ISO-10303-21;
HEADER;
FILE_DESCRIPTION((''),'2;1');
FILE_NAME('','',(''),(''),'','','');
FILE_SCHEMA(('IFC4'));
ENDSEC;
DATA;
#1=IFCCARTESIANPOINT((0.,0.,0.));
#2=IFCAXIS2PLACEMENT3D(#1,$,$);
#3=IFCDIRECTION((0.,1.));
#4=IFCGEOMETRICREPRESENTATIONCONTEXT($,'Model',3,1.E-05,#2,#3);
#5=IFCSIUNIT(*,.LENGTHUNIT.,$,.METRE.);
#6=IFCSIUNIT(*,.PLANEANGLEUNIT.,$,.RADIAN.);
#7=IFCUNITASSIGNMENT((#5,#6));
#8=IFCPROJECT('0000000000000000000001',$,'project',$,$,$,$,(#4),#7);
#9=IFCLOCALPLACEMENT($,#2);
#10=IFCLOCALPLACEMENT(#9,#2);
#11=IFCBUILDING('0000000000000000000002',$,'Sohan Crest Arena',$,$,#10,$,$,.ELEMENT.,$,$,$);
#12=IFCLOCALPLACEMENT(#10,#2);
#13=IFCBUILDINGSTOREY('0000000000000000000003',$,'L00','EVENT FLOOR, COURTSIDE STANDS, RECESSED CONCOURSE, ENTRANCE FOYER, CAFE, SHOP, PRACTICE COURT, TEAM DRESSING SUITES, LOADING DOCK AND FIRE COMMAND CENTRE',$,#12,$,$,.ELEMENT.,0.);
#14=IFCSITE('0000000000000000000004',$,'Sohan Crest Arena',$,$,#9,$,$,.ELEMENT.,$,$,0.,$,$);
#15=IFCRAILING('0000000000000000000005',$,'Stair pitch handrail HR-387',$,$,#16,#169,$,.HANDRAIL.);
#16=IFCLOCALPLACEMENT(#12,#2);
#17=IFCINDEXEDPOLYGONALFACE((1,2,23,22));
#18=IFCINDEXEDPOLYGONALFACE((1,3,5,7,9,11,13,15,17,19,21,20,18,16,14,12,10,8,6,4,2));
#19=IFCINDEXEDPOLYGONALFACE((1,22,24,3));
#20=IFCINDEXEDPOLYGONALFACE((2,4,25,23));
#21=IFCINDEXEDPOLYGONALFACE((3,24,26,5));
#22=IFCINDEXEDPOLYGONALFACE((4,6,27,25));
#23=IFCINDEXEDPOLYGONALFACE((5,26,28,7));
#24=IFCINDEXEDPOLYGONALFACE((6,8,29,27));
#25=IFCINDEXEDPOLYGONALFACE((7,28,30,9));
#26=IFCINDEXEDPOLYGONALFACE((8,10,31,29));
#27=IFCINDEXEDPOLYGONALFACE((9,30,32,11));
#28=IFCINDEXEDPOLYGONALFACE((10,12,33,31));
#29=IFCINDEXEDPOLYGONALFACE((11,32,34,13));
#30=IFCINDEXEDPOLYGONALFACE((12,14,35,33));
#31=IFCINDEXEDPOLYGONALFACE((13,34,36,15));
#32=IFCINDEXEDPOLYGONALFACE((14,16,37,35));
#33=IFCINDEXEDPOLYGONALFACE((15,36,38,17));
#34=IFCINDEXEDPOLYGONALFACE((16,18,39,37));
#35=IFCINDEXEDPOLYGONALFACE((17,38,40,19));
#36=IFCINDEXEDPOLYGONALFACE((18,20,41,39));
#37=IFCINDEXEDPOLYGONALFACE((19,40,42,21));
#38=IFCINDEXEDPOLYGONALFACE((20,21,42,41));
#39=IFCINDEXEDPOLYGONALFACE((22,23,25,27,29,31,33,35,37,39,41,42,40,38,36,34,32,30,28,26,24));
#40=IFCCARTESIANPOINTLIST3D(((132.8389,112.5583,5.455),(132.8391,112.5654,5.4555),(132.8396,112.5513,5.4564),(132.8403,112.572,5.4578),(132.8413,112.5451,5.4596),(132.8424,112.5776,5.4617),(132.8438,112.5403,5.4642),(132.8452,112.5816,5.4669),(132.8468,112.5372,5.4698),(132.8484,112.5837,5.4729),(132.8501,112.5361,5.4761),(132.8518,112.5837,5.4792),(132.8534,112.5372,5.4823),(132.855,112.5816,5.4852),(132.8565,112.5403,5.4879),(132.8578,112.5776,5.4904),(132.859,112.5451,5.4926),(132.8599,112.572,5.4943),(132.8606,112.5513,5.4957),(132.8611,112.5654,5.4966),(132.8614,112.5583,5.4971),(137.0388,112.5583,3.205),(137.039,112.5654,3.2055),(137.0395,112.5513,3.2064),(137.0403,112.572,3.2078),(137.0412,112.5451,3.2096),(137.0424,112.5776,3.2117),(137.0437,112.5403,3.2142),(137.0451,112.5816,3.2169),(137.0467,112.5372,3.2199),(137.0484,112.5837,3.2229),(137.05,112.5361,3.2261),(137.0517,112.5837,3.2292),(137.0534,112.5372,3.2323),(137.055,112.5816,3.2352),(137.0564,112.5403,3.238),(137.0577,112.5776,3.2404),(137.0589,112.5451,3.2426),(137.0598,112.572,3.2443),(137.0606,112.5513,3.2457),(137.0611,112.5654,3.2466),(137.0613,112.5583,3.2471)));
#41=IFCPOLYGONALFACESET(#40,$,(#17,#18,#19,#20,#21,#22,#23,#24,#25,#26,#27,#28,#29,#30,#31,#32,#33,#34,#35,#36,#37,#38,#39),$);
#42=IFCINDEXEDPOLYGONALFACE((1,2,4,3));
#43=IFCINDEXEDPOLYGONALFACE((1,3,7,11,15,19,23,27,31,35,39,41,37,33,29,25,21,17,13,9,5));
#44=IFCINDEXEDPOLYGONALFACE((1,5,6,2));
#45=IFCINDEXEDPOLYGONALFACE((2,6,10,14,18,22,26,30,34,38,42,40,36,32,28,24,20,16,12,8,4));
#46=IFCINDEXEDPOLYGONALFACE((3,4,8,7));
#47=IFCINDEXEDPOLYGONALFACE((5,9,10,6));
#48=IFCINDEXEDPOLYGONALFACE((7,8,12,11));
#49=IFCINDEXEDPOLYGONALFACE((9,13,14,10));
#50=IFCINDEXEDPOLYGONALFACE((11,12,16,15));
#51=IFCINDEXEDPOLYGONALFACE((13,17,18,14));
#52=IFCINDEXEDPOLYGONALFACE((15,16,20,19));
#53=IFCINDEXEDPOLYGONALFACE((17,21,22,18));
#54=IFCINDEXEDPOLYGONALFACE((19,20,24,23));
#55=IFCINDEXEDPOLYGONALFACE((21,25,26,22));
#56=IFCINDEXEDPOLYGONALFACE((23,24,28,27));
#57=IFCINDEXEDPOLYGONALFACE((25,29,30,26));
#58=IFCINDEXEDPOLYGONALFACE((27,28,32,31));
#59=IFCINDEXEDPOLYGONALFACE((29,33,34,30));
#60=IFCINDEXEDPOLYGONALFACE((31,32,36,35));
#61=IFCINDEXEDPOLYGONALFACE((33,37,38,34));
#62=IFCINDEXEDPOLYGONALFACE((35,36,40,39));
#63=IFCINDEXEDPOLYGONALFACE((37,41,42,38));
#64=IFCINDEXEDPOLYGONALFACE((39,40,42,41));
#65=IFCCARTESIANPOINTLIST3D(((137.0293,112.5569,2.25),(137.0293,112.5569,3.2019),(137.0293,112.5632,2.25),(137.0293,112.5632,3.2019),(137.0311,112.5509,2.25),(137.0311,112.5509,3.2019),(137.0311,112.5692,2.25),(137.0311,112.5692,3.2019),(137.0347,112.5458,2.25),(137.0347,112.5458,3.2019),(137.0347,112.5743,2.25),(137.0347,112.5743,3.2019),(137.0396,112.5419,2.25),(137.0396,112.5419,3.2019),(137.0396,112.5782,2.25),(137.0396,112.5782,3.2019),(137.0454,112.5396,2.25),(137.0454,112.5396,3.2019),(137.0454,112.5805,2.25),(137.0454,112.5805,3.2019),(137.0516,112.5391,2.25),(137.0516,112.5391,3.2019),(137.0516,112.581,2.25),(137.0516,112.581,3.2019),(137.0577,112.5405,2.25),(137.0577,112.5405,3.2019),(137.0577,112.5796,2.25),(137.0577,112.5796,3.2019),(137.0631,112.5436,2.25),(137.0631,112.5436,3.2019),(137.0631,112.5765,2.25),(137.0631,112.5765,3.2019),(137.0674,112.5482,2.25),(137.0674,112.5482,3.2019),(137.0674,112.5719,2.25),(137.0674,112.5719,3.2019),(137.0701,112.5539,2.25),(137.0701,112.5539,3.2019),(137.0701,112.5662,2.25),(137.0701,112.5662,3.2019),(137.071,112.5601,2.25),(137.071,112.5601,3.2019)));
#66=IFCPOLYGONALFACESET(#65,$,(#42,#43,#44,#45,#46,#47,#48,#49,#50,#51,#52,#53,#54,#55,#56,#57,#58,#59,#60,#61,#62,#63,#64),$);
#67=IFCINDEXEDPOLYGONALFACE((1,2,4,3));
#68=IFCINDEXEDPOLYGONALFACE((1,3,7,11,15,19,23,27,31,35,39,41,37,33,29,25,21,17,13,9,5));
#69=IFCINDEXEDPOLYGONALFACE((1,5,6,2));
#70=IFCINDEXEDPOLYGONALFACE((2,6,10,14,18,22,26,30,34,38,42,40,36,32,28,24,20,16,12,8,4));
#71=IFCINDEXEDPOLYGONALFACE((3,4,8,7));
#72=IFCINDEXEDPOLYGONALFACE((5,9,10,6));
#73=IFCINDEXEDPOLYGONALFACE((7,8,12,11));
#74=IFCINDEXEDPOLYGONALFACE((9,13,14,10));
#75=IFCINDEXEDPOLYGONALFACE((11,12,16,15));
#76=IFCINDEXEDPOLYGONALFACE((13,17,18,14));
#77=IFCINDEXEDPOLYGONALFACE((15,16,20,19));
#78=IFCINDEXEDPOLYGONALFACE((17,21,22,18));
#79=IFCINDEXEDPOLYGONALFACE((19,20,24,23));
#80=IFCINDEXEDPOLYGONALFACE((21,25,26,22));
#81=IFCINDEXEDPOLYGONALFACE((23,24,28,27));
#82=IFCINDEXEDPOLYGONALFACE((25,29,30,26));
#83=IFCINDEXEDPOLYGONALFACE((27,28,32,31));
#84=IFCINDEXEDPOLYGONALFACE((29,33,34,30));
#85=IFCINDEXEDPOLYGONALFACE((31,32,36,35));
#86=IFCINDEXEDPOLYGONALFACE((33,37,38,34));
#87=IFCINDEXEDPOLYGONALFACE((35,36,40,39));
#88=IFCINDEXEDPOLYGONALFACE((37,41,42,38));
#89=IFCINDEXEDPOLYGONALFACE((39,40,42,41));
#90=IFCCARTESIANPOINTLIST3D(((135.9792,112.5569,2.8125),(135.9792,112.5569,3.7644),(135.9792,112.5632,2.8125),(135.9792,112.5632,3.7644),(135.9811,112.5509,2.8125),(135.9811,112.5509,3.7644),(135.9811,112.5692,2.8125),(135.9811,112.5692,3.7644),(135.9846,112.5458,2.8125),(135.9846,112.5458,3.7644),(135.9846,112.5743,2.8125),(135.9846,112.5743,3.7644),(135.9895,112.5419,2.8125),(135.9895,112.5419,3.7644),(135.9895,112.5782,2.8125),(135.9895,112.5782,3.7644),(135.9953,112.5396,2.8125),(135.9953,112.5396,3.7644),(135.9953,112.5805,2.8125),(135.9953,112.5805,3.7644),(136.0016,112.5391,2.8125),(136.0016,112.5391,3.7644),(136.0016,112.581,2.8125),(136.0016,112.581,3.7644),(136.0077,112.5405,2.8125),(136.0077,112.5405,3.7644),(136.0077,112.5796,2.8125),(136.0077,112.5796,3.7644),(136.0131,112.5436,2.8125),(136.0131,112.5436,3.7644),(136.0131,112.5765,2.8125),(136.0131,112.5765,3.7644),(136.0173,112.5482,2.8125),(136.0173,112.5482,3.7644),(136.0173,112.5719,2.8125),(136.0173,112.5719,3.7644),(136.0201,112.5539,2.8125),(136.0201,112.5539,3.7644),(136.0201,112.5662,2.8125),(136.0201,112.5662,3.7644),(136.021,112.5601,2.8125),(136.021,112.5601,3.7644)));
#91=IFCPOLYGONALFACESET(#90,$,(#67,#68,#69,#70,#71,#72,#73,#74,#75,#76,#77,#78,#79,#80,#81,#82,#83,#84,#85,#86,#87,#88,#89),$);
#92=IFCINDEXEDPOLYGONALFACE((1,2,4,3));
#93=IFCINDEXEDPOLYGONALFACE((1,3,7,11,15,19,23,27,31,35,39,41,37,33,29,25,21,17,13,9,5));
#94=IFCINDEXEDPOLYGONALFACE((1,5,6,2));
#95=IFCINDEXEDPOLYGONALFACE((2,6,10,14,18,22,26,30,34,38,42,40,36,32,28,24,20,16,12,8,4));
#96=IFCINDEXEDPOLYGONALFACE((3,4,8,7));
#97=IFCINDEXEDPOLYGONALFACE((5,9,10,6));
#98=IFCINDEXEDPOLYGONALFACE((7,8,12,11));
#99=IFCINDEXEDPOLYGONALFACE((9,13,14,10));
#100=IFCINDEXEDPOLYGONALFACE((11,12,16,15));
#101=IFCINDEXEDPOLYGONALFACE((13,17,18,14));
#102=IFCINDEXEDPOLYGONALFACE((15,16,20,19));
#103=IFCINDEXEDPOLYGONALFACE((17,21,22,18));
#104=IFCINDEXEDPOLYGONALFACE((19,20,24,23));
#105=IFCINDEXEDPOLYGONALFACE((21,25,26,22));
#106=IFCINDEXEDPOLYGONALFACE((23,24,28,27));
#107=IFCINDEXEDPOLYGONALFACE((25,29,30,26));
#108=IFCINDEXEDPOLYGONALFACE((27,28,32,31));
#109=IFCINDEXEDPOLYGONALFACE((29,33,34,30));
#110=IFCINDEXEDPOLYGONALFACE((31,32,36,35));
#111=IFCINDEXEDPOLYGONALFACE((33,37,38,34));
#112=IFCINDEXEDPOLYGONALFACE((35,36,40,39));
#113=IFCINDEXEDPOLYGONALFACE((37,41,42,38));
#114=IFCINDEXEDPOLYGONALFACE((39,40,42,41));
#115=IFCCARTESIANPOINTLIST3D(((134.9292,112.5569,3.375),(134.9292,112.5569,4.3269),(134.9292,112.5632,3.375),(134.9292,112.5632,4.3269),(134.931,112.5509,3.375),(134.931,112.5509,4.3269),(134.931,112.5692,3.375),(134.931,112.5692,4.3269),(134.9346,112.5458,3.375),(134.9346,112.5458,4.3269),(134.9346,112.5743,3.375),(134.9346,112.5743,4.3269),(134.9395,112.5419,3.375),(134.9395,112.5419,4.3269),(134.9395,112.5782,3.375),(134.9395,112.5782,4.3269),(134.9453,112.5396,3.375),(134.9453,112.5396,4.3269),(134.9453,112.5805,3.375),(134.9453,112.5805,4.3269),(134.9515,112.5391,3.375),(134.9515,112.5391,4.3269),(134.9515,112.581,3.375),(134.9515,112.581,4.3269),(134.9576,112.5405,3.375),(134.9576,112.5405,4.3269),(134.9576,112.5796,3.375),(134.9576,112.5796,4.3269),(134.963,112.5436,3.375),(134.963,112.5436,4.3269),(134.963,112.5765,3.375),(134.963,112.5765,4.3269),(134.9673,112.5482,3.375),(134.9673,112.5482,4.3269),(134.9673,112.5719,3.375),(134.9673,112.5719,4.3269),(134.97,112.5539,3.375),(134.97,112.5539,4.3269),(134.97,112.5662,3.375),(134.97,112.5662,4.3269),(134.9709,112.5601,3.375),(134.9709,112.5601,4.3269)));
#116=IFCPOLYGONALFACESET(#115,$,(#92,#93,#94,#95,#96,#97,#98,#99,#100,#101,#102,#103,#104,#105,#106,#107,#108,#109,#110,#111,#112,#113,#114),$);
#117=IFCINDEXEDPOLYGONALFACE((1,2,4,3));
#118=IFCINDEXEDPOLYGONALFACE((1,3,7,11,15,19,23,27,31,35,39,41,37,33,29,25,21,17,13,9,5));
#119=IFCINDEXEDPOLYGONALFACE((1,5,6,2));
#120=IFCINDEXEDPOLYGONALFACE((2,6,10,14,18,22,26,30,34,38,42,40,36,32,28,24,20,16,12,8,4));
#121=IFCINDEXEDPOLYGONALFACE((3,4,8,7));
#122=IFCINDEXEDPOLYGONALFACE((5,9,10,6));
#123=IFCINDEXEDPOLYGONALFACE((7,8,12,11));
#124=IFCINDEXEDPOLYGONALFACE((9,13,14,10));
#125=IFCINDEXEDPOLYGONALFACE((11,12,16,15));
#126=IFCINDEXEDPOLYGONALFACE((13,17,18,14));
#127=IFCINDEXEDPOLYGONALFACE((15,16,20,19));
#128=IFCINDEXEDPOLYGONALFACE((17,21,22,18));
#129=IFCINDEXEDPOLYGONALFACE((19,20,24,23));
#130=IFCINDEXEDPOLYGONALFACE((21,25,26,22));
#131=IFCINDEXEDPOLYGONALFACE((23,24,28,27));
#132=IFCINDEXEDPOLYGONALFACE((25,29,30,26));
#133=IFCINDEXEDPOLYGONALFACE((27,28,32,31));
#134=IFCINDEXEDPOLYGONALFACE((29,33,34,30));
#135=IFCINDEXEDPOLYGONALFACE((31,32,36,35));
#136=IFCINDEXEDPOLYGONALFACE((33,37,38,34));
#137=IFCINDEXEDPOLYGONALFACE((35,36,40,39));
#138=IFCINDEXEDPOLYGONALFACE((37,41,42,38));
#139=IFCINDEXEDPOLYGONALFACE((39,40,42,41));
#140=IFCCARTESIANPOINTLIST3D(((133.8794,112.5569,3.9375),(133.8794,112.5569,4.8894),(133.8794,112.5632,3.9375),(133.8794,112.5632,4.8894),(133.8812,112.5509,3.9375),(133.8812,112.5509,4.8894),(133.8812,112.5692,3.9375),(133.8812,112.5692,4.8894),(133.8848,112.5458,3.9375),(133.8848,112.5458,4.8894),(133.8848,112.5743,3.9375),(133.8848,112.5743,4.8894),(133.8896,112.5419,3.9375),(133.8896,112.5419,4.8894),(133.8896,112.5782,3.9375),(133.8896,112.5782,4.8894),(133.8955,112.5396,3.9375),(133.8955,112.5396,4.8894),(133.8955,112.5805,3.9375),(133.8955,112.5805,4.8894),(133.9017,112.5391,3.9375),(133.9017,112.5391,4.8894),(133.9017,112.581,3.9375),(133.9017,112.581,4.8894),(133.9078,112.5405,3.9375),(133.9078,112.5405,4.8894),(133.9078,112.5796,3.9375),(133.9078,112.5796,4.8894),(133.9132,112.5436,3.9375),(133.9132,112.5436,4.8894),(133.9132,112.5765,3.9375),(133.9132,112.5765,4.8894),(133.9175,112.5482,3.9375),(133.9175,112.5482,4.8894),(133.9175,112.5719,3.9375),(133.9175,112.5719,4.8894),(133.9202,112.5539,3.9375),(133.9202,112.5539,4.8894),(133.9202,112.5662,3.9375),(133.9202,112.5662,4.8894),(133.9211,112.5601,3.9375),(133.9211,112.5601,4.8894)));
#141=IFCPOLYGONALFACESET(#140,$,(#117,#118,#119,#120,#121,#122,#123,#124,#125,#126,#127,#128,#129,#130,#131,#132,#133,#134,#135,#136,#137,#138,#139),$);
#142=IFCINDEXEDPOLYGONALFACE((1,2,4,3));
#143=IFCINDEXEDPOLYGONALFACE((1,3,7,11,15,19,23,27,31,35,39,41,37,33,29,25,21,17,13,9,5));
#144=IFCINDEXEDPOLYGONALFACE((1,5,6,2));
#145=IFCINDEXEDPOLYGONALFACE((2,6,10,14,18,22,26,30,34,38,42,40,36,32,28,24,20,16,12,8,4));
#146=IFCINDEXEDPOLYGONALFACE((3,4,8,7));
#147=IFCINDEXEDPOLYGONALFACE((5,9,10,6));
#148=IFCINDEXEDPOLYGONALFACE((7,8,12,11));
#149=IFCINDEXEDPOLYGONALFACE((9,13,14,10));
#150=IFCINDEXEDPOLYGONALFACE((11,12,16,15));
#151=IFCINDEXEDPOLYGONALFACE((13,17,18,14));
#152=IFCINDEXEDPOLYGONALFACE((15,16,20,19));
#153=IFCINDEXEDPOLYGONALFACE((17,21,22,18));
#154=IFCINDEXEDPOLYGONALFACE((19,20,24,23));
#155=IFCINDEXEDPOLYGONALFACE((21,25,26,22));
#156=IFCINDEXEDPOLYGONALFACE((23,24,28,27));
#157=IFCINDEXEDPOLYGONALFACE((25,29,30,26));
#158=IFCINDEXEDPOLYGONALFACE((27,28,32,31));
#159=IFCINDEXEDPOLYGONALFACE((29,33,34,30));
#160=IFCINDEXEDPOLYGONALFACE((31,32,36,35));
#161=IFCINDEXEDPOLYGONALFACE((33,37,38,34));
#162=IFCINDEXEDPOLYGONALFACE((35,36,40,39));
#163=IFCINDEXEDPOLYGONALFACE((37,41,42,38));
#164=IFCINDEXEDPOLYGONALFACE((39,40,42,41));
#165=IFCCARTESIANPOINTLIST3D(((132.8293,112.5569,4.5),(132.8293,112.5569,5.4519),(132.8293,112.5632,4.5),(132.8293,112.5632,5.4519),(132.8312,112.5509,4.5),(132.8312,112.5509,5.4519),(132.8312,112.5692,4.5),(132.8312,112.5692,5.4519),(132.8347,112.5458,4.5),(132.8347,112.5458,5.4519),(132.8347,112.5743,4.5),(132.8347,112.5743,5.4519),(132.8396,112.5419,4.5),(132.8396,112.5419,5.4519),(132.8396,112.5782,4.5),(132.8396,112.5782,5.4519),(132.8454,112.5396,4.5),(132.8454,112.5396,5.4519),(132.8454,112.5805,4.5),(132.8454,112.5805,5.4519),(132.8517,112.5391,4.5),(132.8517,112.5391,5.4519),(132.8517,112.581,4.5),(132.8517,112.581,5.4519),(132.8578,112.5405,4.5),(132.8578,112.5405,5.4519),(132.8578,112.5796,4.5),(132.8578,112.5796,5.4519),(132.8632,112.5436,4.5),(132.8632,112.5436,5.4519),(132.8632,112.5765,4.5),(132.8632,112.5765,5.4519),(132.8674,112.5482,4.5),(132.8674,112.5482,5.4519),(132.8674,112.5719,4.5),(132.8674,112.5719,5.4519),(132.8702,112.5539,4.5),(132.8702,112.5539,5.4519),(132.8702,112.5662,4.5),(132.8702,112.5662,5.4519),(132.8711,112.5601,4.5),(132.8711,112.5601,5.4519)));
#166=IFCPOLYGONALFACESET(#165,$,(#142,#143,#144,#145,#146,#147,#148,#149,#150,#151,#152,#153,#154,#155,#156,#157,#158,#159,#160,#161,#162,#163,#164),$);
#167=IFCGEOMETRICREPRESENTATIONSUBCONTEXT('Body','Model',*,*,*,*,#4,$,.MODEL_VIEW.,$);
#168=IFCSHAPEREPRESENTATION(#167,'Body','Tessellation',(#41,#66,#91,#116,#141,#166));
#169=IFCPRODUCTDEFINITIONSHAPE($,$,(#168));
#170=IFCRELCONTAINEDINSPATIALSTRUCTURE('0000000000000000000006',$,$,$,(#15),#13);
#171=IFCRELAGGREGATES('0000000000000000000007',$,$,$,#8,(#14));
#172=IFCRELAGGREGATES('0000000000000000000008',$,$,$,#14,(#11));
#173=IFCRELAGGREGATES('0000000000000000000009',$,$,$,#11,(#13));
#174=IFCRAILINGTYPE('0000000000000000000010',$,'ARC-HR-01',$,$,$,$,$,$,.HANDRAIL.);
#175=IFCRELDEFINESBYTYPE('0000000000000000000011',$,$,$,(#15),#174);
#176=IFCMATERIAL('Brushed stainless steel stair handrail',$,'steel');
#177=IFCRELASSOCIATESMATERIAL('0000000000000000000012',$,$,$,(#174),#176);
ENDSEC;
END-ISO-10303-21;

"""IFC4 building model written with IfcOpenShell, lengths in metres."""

from ifc_helpers import new_model, si_unit, direction, frame, origin, origin_2d, place, context, subcontext, project, spatial, circle, extrude, material, type_object, element, save


model = new_model("IFC4")

# Units and contexts
model_context = context("Model", 3, precision=1e-05, world=origin(), true_north=direction((0.0, 1.0)))
body_context = subcontext(model_context, "Body", "Model", "MODEL_VIEW")
ifc_project = project(units=[si_unit("LENGTHUNIT", "METRE"), si_unit("PLANEANGLEUNIT", "RADIAN")], contexts=[model_context])

# Site, building, storey
site_placement = place(None, origin())
site = spatial("IfcSite", under=ifc_project, at=site_placement, Name="Sohan Crest Arena", CompositionType="ELEMENT", RefElevation=0.0)
building_placement = place(site_placement, origin())
building = spatial("IfcBuilding", under=site, at=building_placement, Name="Sohan Crest Arena", CompositionType="ELEMENT")
storey_placement = place(building_placement, origin())
storey = spatial("IfcBuildingStorey", under=building, at=storey_placement, Name="L00", Description="EVENT FLOOR, COURTSIDE STANDS, RECESSED CONCOURSE, ENTRANCE FOYER, CAFE, SHOP, PRACTICE COURT, TEAM DRESSING SUITES, LOADING DOCK AND FIRE COMMAND CENTRE", CompositionType="ELEMENT", Elevation=0.0)

# Railing
ifc_material_1 = material(Name="Brushed stainless steel stair handrail", Category="steel")
railing_type_1 = type_object("IfcRailingType", Name="ARC-HR-01", PredefinedType="HANDRAIL", material=ifc_material_1)
railing_1_placement = place(storey_placement, frame((137.05, 112.5601, 2.25)))
element("IfcRailing", 1, at=railing_1_placement, inside=storey, type_object=railing_type_1, Name="Stair pitch handrail HR-387", PredefinedType="HANDRAIL", context=body_context, shape_type="SweptSolid", body=[
    extrude(circle(Radius=0.0239, at=origin_2d()), frame((0.0, 0.0, 0.9761), z_axis=(-0.881478, 0.0, 0.472226), x_axis=(0.0, -1.0, 0.0)), (0.0, 0.0, 1.0), 4.7646),
    extrude(circle(Radius=0.021, at=origin_2d()), origin(), (0.0, 0.0, 1.0), 0.9519),
    extrude(circle(Radius=0.021, at=origin_2d()), frame((-1.05, 0.0, 0.5625)), (0.0, 0.0, 1.0), 0.9519),
    extrude(circle(Radius=0.021, at=origin_2d()), frame((-2.1001, 0.0, 1.125)), (0.0, 0.0, 1.0), 0.9519),
    extrude(circle(Radius=0.021, at=origin_2d()), frame((-3.1499, 0.0, 1.6875)), (0.0, 0.0, 1.0), 0.9519),
    extrude(circle(Radius=0.021, at=origin_2d()), frame((-4.2, 0.0, 2.25)), (0.0, 0.0, 1.0), 0.9519),
])

save(model, "model.ifc")
